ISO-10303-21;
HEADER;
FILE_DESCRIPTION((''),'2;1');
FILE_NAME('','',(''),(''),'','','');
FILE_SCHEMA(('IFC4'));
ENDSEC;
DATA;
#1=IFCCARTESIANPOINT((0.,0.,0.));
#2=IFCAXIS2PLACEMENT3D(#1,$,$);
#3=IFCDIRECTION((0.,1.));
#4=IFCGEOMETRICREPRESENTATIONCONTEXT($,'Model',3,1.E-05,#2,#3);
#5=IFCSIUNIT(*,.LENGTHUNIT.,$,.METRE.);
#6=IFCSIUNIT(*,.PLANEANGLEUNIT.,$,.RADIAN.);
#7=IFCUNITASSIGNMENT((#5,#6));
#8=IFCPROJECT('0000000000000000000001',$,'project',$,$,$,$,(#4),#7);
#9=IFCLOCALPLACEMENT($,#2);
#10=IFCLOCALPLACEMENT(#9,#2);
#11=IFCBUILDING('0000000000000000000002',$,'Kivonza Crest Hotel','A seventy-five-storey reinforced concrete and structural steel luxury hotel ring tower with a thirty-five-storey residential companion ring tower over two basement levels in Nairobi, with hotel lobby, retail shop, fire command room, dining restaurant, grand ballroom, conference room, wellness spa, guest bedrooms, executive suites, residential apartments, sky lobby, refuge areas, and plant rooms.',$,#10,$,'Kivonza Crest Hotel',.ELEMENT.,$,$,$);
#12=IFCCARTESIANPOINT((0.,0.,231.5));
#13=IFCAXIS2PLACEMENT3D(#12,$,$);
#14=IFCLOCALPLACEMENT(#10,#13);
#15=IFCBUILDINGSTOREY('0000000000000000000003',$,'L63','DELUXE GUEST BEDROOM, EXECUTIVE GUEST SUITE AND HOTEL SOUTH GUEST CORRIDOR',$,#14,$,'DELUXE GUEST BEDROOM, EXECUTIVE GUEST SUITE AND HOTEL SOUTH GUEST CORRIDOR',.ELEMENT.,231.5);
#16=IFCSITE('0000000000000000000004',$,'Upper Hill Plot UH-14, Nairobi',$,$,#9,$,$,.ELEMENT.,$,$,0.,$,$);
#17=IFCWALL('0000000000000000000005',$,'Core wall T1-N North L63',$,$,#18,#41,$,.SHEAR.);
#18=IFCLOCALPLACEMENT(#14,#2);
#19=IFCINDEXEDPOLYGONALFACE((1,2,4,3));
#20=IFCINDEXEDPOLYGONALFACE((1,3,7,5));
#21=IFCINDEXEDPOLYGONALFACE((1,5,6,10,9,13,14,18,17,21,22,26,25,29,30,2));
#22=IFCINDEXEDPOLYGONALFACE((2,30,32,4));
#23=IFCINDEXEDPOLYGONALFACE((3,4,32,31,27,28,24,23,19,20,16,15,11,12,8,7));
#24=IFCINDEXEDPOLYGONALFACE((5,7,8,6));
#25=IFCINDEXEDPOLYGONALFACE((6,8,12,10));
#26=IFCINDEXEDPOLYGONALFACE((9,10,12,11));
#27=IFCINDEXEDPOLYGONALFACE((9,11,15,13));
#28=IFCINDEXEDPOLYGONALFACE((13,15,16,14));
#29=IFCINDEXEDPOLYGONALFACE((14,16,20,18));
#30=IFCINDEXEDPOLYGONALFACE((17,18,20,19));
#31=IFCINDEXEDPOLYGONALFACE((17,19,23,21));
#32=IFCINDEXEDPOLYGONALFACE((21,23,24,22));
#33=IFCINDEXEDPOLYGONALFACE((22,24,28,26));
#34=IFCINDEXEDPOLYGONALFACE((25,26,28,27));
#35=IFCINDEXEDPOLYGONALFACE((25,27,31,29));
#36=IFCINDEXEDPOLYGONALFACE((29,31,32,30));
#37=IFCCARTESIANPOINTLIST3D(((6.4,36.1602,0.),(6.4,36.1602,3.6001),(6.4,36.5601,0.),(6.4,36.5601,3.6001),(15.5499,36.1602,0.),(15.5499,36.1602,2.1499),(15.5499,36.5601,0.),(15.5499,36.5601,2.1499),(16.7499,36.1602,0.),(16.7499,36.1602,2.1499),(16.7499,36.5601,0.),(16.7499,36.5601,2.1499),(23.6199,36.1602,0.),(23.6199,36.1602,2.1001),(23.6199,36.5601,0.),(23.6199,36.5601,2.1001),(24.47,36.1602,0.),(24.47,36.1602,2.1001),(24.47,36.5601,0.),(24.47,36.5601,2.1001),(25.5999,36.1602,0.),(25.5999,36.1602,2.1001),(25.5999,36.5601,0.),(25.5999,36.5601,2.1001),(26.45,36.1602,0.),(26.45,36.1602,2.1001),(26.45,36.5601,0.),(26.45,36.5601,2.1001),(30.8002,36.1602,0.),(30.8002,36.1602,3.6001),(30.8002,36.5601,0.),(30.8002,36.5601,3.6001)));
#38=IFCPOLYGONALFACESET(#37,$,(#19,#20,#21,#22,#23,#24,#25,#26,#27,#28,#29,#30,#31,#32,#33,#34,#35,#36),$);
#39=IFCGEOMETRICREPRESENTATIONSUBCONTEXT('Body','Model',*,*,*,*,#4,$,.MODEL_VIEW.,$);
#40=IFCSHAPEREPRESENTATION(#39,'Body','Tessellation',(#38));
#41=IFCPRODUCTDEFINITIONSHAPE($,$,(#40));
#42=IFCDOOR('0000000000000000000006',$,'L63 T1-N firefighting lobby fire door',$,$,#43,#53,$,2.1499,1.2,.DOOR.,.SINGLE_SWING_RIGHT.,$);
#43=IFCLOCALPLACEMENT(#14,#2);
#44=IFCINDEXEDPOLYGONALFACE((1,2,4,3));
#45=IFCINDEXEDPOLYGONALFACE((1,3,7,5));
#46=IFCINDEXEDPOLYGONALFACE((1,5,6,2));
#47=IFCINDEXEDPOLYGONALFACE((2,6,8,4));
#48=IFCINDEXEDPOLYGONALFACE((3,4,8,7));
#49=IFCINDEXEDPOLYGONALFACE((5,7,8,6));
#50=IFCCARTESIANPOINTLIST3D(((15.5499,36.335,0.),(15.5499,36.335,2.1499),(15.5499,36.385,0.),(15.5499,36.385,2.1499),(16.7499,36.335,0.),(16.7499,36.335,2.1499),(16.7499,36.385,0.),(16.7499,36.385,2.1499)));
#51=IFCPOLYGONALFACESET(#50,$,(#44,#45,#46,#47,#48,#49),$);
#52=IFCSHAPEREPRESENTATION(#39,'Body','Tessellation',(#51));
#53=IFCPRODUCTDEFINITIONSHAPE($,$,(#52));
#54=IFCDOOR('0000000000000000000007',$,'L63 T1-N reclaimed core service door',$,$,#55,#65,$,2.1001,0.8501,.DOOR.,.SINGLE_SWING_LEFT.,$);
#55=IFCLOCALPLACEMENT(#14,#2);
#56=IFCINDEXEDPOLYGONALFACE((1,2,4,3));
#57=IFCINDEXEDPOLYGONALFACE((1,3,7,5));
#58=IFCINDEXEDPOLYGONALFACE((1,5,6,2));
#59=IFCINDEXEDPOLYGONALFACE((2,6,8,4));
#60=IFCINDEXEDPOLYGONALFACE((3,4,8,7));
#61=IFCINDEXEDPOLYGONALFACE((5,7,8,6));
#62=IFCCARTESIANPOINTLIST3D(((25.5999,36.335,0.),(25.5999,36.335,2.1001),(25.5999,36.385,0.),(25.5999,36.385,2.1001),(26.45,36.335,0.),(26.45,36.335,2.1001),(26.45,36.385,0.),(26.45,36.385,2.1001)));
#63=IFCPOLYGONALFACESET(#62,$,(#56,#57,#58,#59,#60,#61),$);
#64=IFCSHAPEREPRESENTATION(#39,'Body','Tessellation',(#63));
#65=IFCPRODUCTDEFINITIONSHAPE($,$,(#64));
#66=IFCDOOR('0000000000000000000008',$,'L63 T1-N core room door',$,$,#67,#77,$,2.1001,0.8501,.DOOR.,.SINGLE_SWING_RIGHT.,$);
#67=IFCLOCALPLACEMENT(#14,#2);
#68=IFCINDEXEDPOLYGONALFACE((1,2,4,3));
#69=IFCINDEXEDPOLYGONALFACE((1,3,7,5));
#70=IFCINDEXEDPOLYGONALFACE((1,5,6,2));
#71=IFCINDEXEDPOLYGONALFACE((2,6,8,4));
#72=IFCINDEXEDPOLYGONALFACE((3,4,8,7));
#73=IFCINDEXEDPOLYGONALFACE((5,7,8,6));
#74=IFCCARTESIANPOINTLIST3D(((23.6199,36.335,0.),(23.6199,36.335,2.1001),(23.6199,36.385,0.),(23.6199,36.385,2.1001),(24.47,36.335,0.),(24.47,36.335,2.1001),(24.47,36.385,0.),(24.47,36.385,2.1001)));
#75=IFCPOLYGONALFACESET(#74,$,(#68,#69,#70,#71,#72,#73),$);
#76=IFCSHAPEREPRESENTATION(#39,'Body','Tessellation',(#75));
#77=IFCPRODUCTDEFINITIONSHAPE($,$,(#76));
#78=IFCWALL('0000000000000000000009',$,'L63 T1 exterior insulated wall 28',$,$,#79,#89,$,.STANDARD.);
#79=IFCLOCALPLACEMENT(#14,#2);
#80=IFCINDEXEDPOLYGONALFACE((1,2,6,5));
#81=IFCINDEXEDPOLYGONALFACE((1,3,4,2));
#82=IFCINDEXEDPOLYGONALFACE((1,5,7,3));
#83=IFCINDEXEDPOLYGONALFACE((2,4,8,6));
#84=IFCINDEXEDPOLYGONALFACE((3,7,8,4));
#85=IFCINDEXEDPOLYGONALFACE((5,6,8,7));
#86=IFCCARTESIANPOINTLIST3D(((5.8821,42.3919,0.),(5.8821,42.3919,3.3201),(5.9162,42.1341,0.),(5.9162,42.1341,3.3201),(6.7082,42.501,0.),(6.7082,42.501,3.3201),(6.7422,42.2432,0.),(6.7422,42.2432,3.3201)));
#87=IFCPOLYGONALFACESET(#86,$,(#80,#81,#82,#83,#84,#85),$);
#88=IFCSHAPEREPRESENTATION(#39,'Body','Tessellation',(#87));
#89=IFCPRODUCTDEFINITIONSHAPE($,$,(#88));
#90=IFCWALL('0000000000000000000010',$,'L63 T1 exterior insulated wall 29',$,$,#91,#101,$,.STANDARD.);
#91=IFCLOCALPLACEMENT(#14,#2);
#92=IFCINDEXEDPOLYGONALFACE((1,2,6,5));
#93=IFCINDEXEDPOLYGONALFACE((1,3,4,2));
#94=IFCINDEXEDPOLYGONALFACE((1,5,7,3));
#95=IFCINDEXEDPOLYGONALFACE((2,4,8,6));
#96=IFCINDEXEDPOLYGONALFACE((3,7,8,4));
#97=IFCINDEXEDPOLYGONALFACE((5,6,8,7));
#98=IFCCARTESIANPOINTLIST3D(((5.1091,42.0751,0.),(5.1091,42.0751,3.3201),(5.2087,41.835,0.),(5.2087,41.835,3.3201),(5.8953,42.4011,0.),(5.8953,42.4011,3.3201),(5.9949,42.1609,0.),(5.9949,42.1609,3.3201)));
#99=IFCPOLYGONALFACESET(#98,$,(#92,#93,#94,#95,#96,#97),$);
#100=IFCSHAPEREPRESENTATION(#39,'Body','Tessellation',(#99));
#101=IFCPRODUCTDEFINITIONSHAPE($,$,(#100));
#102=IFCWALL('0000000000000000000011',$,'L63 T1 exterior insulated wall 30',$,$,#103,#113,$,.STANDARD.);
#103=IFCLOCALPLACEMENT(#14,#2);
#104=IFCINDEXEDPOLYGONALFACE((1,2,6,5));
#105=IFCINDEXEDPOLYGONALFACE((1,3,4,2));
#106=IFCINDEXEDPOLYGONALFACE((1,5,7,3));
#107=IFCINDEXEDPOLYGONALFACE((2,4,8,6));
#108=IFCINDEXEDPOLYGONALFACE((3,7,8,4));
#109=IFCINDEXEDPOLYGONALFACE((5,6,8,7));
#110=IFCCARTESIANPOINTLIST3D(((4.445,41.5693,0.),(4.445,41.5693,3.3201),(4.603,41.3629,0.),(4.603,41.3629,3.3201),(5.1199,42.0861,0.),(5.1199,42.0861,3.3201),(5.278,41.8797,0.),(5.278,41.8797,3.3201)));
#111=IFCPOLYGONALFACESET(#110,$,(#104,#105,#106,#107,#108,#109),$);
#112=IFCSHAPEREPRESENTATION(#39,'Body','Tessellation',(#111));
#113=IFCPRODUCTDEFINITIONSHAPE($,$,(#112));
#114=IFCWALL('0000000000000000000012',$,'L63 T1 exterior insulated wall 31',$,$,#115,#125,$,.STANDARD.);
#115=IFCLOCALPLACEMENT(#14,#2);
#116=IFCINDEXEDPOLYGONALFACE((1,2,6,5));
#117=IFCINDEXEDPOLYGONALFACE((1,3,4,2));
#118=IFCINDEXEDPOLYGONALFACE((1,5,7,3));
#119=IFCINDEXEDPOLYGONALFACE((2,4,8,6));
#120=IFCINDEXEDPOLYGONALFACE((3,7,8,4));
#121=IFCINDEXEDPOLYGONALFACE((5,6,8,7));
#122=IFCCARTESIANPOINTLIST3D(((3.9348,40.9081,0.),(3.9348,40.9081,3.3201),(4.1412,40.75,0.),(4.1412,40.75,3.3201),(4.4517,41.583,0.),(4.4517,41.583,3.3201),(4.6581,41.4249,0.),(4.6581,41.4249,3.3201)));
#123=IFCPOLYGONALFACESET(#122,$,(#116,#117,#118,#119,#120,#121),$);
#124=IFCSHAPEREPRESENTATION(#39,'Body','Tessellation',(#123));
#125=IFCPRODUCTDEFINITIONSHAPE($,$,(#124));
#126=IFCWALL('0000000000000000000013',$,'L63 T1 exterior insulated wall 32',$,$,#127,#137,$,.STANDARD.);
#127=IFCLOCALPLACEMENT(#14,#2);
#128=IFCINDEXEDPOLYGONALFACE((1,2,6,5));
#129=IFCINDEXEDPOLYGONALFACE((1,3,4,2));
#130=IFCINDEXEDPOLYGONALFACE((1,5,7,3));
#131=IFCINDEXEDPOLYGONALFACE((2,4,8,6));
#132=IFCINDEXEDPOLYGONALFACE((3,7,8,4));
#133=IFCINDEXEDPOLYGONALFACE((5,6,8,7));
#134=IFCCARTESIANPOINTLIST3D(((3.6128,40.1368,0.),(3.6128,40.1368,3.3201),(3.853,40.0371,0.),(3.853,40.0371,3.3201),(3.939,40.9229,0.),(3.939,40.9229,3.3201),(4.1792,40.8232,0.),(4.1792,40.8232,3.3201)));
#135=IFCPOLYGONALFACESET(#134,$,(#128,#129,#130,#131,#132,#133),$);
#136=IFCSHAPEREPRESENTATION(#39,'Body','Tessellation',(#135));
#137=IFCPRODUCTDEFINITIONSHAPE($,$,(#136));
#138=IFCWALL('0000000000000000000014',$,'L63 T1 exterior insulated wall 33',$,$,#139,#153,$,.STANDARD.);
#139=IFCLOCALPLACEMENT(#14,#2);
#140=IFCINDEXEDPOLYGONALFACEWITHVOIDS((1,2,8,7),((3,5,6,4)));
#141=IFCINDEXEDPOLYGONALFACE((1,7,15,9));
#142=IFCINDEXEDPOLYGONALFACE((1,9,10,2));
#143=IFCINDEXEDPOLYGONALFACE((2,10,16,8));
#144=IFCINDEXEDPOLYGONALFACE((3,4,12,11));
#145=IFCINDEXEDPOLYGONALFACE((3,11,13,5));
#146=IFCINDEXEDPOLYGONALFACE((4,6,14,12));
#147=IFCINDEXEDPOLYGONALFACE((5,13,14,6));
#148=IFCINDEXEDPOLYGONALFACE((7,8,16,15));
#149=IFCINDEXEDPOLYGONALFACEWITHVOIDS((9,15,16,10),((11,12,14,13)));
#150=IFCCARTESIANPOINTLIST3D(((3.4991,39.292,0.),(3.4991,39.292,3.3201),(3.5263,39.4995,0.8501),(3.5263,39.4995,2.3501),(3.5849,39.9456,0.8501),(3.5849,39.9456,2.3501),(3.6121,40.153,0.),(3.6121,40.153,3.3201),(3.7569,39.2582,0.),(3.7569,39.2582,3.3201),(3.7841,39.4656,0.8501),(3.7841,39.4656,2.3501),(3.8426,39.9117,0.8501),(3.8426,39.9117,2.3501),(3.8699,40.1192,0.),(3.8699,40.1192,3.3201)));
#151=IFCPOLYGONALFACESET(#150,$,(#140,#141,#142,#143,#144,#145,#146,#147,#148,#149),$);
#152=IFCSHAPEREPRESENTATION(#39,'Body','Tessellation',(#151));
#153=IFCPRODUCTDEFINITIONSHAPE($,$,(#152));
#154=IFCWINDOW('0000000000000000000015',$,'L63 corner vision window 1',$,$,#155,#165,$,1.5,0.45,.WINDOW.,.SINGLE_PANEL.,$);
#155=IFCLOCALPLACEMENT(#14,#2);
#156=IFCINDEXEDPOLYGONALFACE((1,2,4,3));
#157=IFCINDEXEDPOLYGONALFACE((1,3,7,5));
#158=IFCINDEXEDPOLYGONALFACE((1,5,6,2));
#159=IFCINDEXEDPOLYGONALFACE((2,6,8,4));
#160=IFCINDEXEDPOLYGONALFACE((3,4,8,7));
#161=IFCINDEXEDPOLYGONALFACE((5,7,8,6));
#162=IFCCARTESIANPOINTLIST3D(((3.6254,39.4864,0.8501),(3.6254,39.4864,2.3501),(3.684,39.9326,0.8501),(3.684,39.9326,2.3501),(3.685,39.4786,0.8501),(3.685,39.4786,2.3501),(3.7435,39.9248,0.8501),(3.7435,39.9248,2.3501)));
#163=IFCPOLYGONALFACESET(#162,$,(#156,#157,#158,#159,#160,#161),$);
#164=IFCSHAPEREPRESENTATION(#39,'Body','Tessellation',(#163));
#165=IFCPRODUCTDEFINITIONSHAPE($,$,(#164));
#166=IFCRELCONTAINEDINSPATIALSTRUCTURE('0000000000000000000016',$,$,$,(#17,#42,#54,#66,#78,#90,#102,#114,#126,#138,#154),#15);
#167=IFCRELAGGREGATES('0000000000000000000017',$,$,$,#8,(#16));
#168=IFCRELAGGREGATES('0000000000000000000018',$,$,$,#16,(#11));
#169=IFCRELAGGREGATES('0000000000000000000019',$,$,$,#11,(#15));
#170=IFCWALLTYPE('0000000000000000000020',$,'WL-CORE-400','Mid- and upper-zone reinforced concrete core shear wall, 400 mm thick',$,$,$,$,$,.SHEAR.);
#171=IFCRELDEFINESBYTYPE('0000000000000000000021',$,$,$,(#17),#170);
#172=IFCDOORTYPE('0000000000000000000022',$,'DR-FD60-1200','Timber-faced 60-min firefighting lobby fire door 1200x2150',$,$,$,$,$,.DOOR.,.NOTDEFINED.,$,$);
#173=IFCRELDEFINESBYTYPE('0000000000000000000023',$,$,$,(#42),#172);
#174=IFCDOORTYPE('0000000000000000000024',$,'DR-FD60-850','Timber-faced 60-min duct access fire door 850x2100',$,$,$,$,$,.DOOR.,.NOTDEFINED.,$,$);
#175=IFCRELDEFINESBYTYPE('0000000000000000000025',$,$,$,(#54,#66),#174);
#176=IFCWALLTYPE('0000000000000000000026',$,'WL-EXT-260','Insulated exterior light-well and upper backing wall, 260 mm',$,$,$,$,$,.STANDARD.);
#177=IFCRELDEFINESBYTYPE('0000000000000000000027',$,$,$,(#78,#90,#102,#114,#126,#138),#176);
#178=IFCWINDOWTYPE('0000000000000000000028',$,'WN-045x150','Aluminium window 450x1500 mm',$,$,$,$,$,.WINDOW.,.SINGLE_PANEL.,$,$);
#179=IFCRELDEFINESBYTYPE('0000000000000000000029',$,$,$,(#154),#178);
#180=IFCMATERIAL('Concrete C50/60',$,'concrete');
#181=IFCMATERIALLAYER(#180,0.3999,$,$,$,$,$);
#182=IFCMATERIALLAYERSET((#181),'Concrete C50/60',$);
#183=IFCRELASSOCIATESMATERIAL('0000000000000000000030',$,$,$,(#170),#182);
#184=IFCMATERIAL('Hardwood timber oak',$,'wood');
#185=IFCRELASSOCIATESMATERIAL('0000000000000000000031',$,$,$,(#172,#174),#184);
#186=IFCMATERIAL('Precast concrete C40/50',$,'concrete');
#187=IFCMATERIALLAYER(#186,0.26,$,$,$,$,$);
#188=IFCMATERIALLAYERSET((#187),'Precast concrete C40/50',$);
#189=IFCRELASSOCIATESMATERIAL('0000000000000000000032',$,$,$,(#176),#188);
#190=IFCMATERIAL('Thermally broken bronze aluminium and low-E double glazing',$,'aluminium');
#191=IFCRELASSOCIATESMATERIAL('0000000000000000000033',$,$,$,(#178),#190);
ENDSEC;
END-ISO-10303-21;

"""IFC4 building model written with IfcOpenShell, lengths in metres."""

from ifc_helpers import new_model, si_unit, direction, frame, frame_2d, origin, place, context, subcontext, project, spatial, rectangle, extrude, material, layer, layer_set, type_object, element, fill, save


model = new_model("IFC4")

# Units and contexts
model_context = context("Model", 3, precision=1e-05, world=origin(), true_north=direction((0.0, 1.0)))
body_context = subcontext(model_context, "Body", "Model", "MODEL_VIEW")
ifc_project = project(units=[si_unit("LENGTHUNIT", "METRE"), si_unit("PLANEANGLEUNIT", "RADIAN")], contexts=[model_context])

# Site, building, storey
site_placement = place(None, origin())
site = spatial("IfcSite", under=ifc_project, at=site_placement, Name="Upper Hill Plot UH-14, Nairobi", CompositionType="ELEMENT", RefElevation=0.0)
building_placement = place(site_placement, origin())
building = spatial("IfcBuilding", under=site, at=building_placement, Name="Kivonza Crest Hotel", Description="A seventy-five-storey reinforced concrete and structural steel luxury hotel ring tower with a thirty-five-storey residential companion ring tower over two basement levels in Nairobi, with hotel lobby, retail shop, fire command room, dining restaurant, grand ballroom, conference room, wellness spa, guest bedrooms, executive suites, residential apartments, sky lobby, refuge areas, and plant rooms.", LongName="Kivonza Crest Hotel", CompositionType="ELEMENT")
storey_placement = place(building_placement, frame((0.0, 0.0, 231.5)))
storey = spatial("IfcBuildingStorey", under=building, at=storey_placement, Name="L63", Description="DELUXE GUEST BEDROOM, EXECUTIVE GUEST SUITE AND HOTEL SOUTH GUEST CORRIDOR", LongName="DELUXE GUEST BEDROOM, EXECUTIVE GUEST SUITE AND HOTEL SOUTH GUEST CORRIDOR", CompositionType="ELEMENT", Elevation=231.5)

# Shared definitions
ifc_material_1 = material(Name="Concrete C50/60", Category="concrete")

# Shared definitions
ifc_material_2 = material(Name="Hardwood timber oak", Category="wood")

# Wall, openings, doors
ifc_layer_1 = layer(ifc_material_1, 0.3999)
ifc_layer_set_1 = layer_set([ifc_layer_1], Name="Concrete C50/60")
wall_type_1 = type_object("IfcWallType", Name="WL-CORE-400", Description="Mid- and upper-zone reinforced concrete core shear wall, 400 mm thick", PredefinedType="SHEAR", material=ifc_layer_set_1)
wall_1_placement = place(storey_placement, frame((6.3999, 36.3601, 0.0), z_axis=(0.0, 0.0, 1.0), x_axis=(1.0, 0.0, 0.0)))
wall_1 = element("IfcWall", 1, at=wall_1_placement, inside=storey, type_object=wall_type_1, Name="Core wall T1-N North L63", PredefinedType="SHEAR", context=body_context, shape_type="SweptSolid", body=[
    extrude(rectangle(XDim=24.4001, YDim=0.3999, at=frame_2d((12.2002, 0.0))), origin(), (0.0, 0.0, 1.0), 3.6001),
])
opening_1_placement = place(wall_1_placement, frame((9.1499, 0.0, 0.0)))
opening_1 = element("IfcOpeningElement", 2, at=opening_1_placement, cuts=wall_1, PredefinedType="OPENING", context=body_context, shape_type="SweptSolid", body=[
    extrude(rectangle(XDim=1.2, YDim=2.1499, at=frame_2d((0.6001, 1.075))), frame((0.0, 0.21, 0.0), z_axis=(0.0, -1.0, 0.0), x_axis=(1.0, 0.0, 0.0)), (0.0, 0.0, 1.0), 0.4199),
])
opening_2_placement = place(wall_1_placement, frame((19.2, 0.0, 0.0)))
opening_2 = element("IfcOpeningElement", 3, at=opening_2_placement, cuts=wall_1, PredefinedType="OPENING", context=body_context, shape_type="SweptSolid", body=[
    extrude(rectangle(XDim=0.8501, YDim=2.1001, at=frame_2d((0.425, 1.05))), frame((0.0, 0.21, 0.0), z_axis=(0.0, -1.0, 0.0), x_axis=(1.0, 0.0, 0.0)), (0.0, 0.0, 1.0), 0.4199),
])
opening_3_placement = place(wall_1_placement, frame((17.22, 0.0, 0.0)))
opening_3 = element("IfcOpeningElement", 4, at=opening_3_placement, cuts=wall_1, PredefinedType="OPENING", context=body_context, shape_type="SweptSolid", body=[
    extrude(rectangle(XDim=0.8501, YDim=2.1001, at=frame_2d((0.425, 1.05))), frame((0.0, 0.21, 0.0), z_axis=(0.0, -1.0, 0.0), x_axis=(1.0, 0.0, 0.0)), (0.0, 0.0, 1.0), 0.4199),
])
door_type_1 = type_object("IfcDoorType", Name="DR-FD60-1200", Description="Timber-faced 60-min firefighting lobby fire door 1200x2150", OperationType="NOTDEFINED", PredefinedType="DOOR", material=ifc_material_2)
door_1_placement = place(opening_1_placement, origin())
door_1 = element("IfcDoor", 5, at=door_1_placement, inside=storey, type_object=door_type_1, Name="L63 T1-N firefighting lobby fire door", OperationType="SINGLE_SWING_RIGHT", OverallHeight=2.1499, OverallWidth=1.2, PredefinedType="DOOR", context=body_context, shape_type="SweptSolid", body=[
    extrude(rectangle(XDim=1.2, YDim=2.1499, at=frame_2d((0.6001, 1.075))), frame((0.0, 0.0249, 0.0), z_axis=(0.0, -1.0, 0.0), x_axis=(1.0, 0.0, 0.0)), (0.0, 0.0, 1.0), 0.05),
])
fill(opening_1, door_1)
door_type_2 = type_object("IfcDoorType", Name="DR-FD60-850", Description="Timber-faced 60-min duct access fire door 850x2100", OperationType="NOTDEFINED", PredefinedType="DOOR", material=ifc_material_2)
door_2_placement = place(opening_2_placement, origin())
door_2 = element("IfcDoor", 6, at=door_2_placement, inside=storey, type_object=door_type_2, Name="L63 T1-N reclaimed core service door", OperationType="SINGLE_SWING_LEFT", OverallHeight=2.1001, OverallWidth=0.8501, PredefinedType="DOOR", context=body_context, shape_type="SweptSolid", body=[
    extrude(rectangle(XDim=0.8501, YDim=2.1001, at=frame_2d((0.425, 1.05))), frame((0.0, 0.0249, 0.0), z_axis=(0.0, -1.0, 0.0), x_axis=(1.0, 0.0, 0.0)), (0.0, 0.0, 1.0), 0.05),
])
fill(opening_2, door_2)
door_3_placement = place(opening_3_placement, origin())
door_3 = element("IfcDoor", 7, at=door_3_placement, inside=storey, type_object=door_type_2, Name="L63 T1-N core room door", OperationType="SINGLE_SWING_RIGHT", OverallHeight=2.1001, OverallWidth=0.8501, PredefinedType="DOOR", context=body_context, shape_type="SweptSolid", body=[
    extrude(rectangle(XDim=0.8501, YDim=2.1001, at=frame_2d((0.425, 1.05))), frame((0.0, 0.0249, 0.0), z_axis=(0.0, -1.0, 0.0), x_axis=(1.0, 0.0, 0.0)), (0.0, 0.0, 1.0), 0.05),
])
fill(opening_3, door_3)

# Walls
ifc_material_3 = material(Name="Precast concrete C40/50", Category="concrete")
ifc_layer_2 = layer(ifc_material_3, 0.26)
ifc_layer_set_2 = layer_set([ifc_layer_2], Name="Precast concrete C40/50")
wall_type_2 = type_object("IfcWallType", Name="WL-EXT-260", Description="Insulated exterior light-well and upper backing wall, 260 mm", PredefinedType="STANDARD", material=ifc_layer_set_2)
wall_2_placement = place(storey_placement, frame((6.7251, 42.3721, 0.0), z_axis=(0.0, 0.0, 1.0), x_axis=(-0.991388, -0.130955, 0.0)))
element("IfcWall", 8, at=wall_2_placement, inside=storey, type_object=wall_type_2, Name="L63 T1 exterior insulated wall 28", PredefinedType="STANDARD", context=body_context, shape_type="SweptSolid", body=[
    extrude(rectangle(XDim=0.8333, YDim=0.26, at=frame_2d((0.4165, 0.0))), origin(), (0.0, 0.0, 1.0), 3.3201),
])
wall_3_placement = place(storey_placement, frame((5.9451, 42.281, 0.0), z_axis=(0.0, 0.0, 1.0), x_axis=(-0.923754, -0.382985, 0.0)))
element("IfcWall", 9, at=wall_3_placement, inside=storey, type_object=wall_type_2, Name="L63 T1 exterior insulated wall 29", PredefinedType="STANDARD", context=body_context, shape_type="SweptSolid", body=[
    extrude(rectangle(XDim=0.8511, YDim=0.26, at=frame_2d((0.4255, 0.0))), origin(), (0.0, 0.0, 1.0), 3.3201),
])
for number, where, z_axis, x_axis, name in (
    (10, (5.199, 41.9829, 0.0), (0.0, 0.0, 1.0), (-0.793999, -0.607919, 0.0), "L63 T1 exterior insulated wall 30"),
    (11, (4.5549, 41.5039, 0.0), (0.0, 0.0, 1.0), (-0.608058, -0.793893, 0.0), "L63 T1 exterior insulated wall 31"),
):
    element("IfcWall", number, at=place(storey_placement, frame(where, z_axis=z_axis, x_axis=x_axis)), inside=storey, type_object=wall_type_2, Name=name, PredefinedType="STANDARD", context=body_context, shape_type="SweptSolid", body=[
        extrude(rectangle(XDim=0.8501, YDim=0.26, at=frame_2d((0.425, 0.0))), origin(), (0.0, 0.0, 1.0), 3.3201),
    ])
wall_4_placement = place(storey_placement, frame((4.0591, 40.873, 0.0), z_axis=(0.0, 0.0, 1.0), x_axis=(-0.38323, -0.923653, 0.0)))
element("IfcWall", 12, at=wall_4_placement, inside=storey, type_object=wall_type_2, Name="L63 T1 exterior insulated wall 32", PredefinedType="STANDARD", context=body_context, shape_type="SweptSolid", body=[
    extrude(rectangle(XDim=0.8511, YDim=0.26, at=frame_2d((0.4255, 0.0))), origin(), (0.0, 0.0, 1.0), 3.3201),
])

# Wall, opening, window
wall_5_placement = place(storey_placement, frame((3.741, 40.136, 0.0), z_axis=(0.0, 0.0, 1.0), x_axis=(-0.130156, -0.991493, 0.0)))
wall_5 = element("IfcWall", 13, at=wall_5_placement, inside=storey, type_object=wall_type_2, Name="L63 T1 exterior insulated wall 33", PredefinedType="STANDARD", context=body_context, shape_type="SweptSolid", body=[
    extrude(rectangle(XDim=0.8684, YDim=0.26, at=frame_2d((0.4341, 0.0))), origin(), (0.0, 0.0, 1.0), 3.3201),
])
opening_4_placement = place(wall_5_placement, frame((0.209, 0.0, 0.8501)))
opening_4 = element("IfcOpeningElement", 14, at=opening_4_placement, cuts=wall_5, PredefinedType="OPENING", context=body_context, shape_type="SweptSolid", body=[
    extrude(rectangle(XDim=0.45, YDim=1.5, at=frame_2d((0.2251, 0.75))), frame((0.0, 0.1401, 0.0), z_axis=(0.0, -1.0, 0.0), x_axis=(1.0, 0.0, 0.0)), (0.0, 0.0, 1.0), 0.28),
])
ifc_material_4 = material(Name="Thermally broken bronze aluminium and low-E double glazing", Category="aluminium")
window_type_1 = type_object("IfcWindowType", Name="WN-045x150", Description="Aluminium window 450x1500 mm", PartitioningType="SINGLE_PANEL", PredefinedType="WINDOW", material=ifc_material_4)
window_1_placement = place(opening_4_placement, origin())
window_1 = element("IfcWindow", 15, at=window_1_placement, inside=storey, type_object=window_type_1, Name="L63 corner vision window 1", OverallHeight=1.5, OverallWidth=0.45, PartitioningType="SINGLE_PANEL", PredefinedType="WINDOW", context=body_context, shape_type="SweptSolid", body=[
    extrude(rectangle(XDim=0.45, YDim=1.5, at=frame_2d((0.2251, 0.75))), frame((0.0, 0.03, 0.0), z_axis=(0.0, -1.0, 0.0), x_axis=(1.0, 0.0, 0.0)), (0.0, 0.0, 1.0), 0.0601),
])
fill(opening_4, window_1)

save(model, "model.ifc")
